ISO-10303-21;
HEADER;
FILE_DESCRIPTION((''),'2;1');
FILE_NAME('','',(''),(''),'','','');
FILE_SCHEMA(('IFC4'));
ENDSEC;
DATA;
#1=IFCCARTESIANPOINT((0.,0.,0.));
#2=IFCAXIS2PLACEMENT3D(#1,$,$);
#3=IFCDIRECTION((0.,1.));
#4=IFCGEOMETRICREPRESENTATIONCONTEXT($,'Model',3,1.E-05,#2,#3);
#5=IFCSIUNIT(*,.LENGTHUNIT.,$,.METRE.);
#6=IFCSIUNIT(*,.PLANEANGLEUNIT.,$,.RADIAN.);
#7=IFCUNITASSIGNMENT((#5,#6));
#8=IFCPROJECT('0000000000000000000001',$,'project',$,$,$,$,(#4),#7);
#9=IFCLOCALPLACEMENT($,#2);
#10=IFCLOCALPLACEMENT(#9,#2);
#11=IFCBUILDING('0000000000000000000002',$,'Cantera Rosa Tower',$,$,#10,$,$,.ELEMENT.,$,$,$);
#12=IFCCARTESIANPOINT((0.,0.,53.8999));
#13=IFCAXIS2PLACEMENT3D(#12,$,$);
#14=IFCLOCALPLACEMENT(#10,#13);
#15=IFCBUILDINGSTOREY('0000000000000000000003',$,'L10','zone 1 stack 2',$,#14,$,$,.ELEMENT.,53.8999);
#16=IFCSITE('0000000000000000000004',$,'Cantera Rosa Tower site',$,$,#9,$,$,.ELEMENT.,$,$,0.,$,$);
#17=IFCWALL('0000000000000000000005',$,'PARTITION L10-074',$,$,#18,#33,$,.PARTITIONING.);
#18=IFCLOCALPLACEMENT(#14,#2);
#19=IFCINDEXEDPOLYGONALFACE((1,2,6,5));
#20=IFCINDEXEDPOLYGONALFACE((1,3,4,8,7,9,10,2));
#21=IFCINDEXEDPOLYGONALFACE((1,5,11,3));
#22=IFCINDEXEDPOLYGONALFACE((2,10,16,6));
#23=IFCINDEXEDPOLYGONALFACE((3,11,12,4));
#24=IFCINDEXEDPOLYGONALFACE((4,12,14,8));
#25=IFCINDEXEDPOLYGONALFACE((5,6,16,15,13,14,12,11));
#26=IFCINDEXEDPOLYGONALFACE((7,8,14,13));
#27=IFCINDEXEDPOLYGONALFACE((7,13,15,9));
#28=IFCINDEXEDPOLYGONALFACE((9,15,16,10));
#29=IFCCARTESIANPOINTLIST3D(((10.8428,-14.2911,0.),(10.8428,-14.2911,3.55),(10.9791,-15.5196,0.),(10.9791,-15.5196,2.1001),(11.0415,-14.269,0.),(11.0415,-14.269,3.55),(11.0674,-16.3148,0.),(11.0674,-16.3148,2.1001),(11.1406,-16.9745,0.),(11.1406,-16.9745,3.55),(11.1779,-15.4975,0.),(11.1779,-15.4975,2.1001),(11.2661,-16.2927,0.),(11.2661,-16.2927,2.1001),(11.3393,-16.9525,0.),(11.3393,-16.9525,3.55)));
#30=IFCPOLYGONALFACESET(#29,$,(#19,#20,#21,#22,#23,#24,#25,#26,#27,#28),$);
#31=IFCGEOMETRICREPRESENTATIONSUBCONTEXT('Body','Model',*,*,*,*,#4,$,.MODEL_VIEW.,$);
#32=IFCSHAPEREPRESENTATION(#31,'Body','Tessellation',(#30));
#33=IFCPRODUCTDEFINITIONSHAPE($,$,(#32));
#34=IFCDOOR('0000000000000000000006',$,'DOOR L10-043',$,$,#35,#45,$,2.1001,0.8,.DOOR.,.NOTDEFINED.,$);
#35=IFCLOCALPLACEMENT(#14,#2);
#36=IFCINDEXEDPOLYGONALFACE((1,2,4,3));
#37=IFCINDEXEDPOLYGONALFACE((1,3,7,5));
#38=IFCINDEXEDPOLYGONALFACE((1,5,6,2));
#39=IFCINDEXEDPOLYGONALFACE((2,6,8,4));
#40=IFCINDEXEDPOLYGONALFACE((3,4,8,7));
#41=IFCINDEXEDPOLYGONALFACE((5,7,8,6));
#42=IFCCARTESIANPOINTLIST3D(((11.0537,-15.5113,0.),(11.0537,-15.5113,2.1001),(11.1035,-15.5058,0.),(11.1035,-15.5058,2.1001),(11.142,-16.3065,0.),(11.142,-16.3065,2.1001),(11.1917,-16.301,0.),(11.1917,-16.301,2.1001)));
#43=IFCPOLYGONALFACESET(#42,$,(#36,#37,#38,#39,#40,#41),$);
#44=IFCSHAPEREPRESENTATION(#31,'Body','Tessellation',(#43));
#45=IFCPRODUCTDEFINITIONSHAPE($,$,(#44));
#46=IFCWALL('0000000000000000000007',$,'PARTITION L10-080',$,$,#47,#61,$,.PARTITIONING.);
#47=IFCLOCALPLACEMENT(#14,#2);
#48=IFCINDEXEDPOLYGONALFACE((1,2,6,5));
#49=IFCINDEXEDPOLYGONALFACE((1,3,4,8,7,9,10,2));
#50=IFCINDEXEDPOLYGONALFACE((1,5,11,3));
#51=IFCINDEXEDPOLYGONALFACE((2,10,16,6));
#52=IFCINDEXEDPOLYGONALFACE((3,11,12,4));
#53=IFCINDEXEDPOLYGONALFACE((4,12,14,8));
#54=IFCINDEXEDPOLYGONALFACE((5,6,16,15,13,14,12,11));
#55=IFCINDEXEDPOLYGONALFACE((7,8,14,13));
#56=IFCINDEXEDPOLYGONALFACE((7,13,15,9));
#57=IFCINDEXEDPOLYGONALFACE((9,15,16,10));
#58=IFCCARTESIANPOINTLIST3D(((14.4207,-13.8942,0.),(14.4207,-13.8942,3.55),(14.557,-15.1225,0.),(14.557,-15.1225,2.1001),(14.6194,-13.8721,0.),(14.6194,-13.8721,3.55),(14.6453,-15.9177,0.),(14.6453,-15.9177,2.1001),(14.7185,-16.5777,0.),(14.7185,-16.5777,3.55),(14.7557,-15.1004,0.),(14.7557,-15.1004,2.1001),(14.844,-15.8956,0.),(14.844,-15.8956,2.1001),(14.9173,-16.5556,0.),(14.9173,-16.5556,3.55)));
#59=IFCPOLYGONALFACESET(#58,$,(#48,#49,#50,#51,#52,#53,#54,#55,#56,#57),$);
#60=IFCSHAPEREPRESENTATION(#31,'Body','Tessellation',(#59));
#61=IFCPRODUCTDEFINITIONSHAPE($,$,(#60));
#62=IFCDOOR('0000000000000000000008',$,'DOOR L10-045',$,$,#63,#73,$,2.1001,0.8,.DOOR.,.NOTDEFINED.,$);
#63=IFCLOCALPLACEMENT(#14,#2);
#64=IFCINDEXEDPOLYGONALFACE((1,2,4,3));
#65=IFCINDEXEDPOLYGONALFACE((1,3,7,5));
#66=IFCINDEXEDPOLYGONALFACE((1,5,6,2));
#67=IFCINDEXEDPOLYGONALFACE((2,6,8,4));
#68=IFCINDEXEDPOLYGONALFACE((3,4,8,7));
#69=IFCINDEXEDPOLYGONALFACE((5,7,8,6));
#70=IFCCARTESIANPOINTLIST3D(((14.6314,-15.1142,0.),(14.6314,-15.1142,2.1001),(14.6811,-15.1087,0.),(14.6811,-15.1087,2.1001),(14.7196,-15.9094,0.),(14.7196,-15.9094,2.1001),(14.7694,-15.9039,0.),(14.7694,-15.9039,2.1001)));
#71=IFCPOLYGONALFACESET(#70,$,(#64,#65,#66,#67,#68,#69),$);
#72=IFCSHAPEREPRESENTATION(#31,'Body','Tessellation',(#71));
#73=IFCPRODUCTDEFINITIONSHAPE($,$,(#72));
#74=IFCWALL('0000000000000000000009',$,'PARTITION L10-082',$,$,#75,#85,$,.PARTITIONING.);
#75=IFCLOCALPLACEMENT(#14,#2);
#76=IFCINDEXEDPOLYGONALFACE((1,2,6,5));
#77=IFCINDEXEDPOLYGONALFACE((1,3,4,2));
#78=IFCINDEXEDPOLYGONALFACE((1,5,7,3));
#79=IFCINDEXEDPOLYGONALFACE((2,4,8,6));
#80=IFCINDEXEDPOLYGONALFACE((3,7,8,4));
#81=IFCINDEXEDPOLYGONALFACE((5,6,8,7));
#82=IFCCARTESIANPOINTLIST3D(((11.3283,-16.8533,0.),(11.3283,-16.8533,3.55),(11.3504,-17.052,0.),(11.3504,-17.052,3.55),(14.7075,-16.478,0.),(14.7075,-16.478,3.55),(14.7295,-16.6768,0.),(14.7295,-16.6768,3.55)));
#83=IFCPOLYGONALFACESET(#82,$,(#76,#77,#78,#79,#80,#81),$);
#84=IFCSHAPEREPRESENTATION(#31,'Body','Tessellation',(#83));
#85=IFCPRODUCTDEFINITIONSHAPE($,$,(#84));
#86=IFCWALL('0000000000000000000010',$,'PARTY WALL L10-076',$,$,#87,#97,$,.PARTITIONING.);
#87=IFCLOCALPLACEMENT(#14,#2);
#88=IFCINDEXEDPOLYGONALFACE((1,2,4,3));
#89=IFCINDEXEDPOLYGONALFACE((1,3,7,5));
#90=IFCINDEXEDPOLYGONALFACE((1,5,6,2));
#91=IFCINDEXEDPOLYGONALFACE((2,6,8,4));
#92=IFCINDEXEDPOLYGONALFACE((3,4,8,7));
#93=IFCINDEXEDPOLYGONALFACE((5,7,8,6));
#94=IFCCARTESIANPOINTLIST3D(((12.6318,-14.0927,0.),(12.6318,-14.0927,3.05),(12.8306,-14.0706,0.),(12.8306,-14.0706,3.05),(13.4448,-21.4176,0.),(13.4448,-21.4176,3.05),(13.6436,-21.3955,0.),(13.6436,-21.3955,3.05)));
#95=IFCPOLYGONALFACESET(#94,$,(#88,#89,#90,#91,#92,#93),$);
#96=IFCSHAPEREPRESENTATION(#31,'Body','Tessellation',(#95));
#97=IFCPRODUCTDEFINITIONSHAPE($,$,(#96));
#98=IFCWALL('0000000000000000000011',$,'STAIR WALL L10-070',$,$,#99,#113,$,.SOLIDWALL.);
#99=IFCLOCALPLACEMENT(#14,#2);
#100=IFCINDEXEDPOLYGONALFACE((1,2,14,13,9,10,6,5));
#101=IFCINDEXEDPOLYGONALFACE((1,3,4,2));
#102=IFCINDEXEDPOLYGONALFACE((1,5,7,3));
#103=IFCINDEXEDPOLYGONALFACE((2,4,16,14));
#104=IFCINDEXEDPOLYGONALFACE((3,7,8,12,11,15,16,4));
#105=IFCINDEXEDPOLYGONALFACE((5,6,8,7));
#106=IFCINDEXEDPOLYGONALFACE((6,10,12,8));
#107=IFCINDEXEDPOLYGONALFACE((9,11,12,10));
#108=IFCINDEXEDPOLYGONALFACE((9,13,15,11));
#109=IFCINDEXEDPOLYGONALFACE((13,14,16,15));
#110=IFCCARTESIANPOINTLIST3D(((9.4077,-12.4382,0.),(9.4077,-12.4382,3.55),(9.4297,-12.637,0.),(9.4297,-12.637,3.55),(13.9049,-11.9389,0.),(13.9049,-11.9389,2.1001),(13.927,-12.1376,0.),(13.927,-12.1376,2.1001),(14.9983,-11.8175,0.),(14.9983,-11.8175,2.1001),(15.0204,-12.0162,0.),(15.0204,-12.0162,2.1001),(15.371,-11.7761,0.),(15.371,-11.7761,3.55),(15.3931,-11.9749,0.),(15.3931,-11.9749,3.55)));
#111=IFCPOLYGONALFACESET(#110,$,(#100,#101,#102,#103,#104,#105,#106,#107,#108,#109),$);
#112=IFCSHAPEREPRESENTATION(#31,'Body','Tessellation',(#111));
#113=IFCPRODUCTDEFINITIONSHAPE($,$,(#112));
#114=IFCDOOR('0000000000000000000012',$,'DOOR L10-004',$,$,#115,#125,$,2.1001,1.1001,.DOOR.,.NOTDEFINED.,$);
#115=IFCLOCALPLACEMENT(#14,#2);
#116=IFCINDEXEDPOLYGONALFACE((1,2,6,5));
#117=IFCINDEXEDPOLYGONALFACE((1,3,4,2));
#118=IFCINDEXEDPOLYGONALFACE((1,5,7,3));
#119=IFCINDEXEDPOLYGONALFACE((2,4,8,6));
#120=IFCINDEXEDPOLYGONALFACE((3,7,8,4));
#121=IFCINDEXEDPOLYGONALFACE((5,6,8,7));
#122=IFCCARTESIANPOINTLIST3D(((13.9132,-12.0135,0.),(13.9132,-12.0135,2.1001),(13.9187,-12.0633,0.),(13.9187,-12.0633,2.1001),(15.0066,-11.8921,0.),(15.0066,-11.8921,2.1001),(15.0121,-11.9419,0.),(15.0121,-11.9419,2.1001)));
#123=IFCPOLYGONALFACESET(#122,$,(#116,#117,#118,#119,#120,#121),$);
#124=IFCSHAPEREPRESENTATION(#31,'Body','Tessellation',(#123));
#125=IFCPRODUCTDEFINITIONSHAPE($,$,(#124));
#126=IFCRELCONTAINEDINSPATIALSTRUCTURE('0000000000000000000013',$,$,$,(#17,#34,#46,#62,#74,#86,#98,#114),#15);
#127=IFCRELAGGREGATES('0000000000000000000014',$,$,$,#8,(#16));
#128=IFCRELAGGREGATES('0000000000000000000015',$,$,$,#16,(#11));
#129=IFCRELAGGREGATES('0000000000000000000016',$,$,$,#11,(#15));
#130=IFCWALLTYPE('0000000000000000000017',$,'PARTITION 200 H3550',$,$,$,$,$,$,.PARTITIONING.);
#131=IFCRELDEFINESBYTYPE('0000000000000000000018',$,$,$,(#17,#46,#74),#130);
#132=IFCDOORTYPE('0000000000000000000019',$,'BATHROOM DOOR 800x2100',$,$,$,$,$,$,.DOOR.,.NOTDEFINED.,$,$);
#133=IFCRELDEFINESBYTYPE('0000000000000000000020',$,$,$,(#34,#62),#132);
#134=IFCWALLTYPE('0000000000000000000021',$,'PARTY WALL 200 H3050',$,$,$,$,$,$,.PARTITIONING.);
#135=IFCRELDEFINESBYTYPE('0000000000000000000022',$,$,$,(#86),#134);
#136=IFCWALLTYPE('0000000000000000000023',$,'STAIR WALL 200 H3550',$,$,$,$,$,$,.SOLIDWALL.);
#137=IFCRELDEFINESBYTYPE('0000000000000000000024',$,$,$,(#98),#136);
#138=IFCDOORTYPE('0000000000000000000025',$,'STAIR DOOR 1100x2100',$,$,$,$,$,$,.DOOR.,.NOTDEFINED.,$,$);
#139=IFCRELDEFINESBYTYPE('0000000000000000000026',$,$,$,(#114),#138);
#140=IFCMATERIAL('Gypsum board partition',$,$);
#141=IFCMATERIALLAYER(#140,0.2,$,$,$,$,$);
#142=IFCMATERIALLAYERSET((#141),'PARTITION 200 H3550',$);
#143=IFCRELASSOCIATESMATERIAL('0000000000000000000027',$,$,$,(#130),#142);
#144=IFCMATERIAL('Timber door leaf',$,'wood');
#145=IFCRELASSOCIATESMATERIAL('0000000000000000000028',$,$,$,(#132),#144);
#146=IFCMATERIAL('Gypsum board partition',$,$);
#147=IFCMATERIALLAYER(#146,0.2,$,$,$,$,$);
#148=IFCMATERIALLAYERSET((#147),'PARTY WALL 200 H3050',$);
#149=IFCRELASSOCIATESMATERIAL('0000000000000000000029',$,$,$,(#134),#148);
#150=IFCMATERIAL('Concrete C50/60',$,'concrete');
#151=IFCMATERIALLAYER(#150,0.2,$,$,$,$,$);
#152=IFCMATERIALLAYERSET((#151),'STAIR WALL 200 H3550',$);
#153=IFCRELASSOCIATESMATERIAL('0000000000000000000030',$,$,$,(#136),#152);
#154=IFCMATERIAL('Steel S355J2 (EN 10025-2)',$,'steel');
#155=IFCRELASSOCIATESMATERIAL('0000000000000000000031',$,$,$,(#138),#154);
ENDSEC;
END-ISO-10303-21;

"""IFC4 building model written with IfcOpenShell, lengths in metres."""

from ifc_helpers import new_model, si_unit, direction, frame, frame_2d, origin, place, context, subcontext, project, spatial, rectangle, extrude, material, layer, layer_set, type_object, element, fill, save


model = new_model("IFC4")

# Units and contexts
model_context = context("Model", 3, precision=1e-05, world=origin(), true_north=direction((0.0, 1.0)))
body_context = subcontext(model_context, "Body", "Model", "MODEL_VIEW")
ifc_project = project(units=[si_unit("LENGTHUNIT", "METRE"), si_unit("PLANEANGLEUNIT", "RADIAN")], contexts=[model_context])

# Site, building, storey
site_placement = place(None, origin())
site = spatial("IfcSite", under=ifc_project, at=site_placement, Name="Cantera Rosa Tower site", CompositionType="ELEMENT", RefElevation=0.0)
building_placement = place(site_placement, origin())
building = spatial("IfcBuilding", under=site, at=building_placement, Name="Cantera Rosa Tower", CompositionType="ELEMENT")
storey_placement = place(building_placement, frame((0.0, 0.0, 53.8999)))
storey = spatial("IfcBuildingStorey", under=building, at=storey_placement, Name="L10", Description="zone 1 stack 2", CompositionType="ELEMENT", Elevation=53.8999)

# Walls, openings, doors
ifc_material_1 = material(Name="Gypsum board partition")
ifc_layer_1 = layer(ifc_material_1, 0.2)
ifc_layer_set_1 = layer_set([ifc_layer_1], Name="PARTITION 200 H3550")
wall_type_1 = type_object("IfcWallType", Name="PARTITION 200 H3550", PredefinedType="PARTITIONING", material=ifc_layer_set_1)
wall_1_placement = place(storey_placement, frame((11.24, -16.9636, 0.0), z_axis=(0.0, 0.0, 1.0), x_axis=(-0.110312, 0.993897, 0.0)))
wall_1 = element("IfcWall", 1, at=wall_1_placement, inside=storey, type_object=wall_type_1, Name="PARTITION L10-074", PredefinedType="PARTITIONING", context=body_context, shape_type="SweptSolid", body=[
    extrude(rectangle(XDim=2.7, YDim=0.2, at=frame_2d((1.3501, 0.0))), origin(), (0.0, 0.0, 1.0), 3.55),
])
opening_1_placement = place(wall_1_placement, frame((0.6641, 0.0, 0.0)))
opening_1 = element("IfcOpeningElement", 2, at=opening_1_placement, cuts=wall_1, PredefinedType="OPENING", context=body_context, shape_type="SweptSolid", body=[
    extrude(rectangle(XDim=0.8, YDim=2.1001, at=frame_2d((0.3999, 1.05))), frame((0.0, 0.1099, 0.0), z_axis=(0.0, -1.0, 0.0), x_axis=(1.0, 0.0, 0.0)), (0.0, 0.0, 1.0), 0.22),
])
ifc_material_2 = material(Name="Timber door leaf", Category="wood")
door_type_1 = type_object("IfcDoorType", Name="BATHROOM DOOR 800x2100", OperationType="NOTDEFINED", PredefinedType="DOOR", material=ifc_material_2)
door_1_placement = place(opening_1_placement, origin())
door_1 = element("IfcDoor", 3, at=door_1_placement, inside=storey, type_object=door_type_1, Name="DOOR L10-043", OperationType="NOTDEFINED", OverallHeight=2.1001, OverallWidth=0.8, PredefinedType="DOOR", context=body_context, shape_type="SweptSolid", body=[
    extrude(rectangle(XDim=0.8, YDim=2.1001, at=frame_2d((0.3999, 1.05))), frame((0.0, 0.0249, 0.0), z_axis=(0.0, -1.0, 0.0), x_axis=(1.0, 0.0, 0.0)), (0.0, 0.0, 1.0), 0.05),
])
fill(opening_1, door_1)
wall_2_placement = place(storey_placement, frame((14.52, -13.8831, 0.0), z_axis=(0.0, 0.0, 1.0), x_axis=(0.110322, -0.993896, 0.0)))
wall_2 = element("IfcWall", 4, at=wall_2_placement, inside=storey, type_object=wall_type_1, Name="PARTITION L10-080", PredefinedType="PARTITIONING", context=body_context, shape_type="SweptSolid", body=[
    extrude(rectangle(XDim=2.7, YDim=0.2, at=frame_2d((1.3501, 0.0))), origin(), (0.0, 0.0, 1.0), 3.55),
])
opening_2_placement = place(wall_2_placement, frame((1.2361, 0.0, 0.0)))
opening_2 = element("IfcOpeningElement", 5, at=opening_2_placement, cuts=wall_2, PredefinedType="OPENING", context=body_context, shape_type="SweptSolid", body=[
    extrude(rectangle(XDim=0.8, YDim=2.1001, at=frame_2d((0.3999, 1.05))), frame((0.0, 0.1099, 0.0), z_axis=(0.0, -1.0, 0.0), x_axis=(1.0, 0.0, 0.0)), (0.0, 0.0, 1.0), 0.22),
])
door_2_placement = place(opening_2_placement, origin())
door_2 = element("IfcDoor", 6, at=door_2_placement, inside=storey, type_object=door_type_1, Name="DOOR L10-045", OperationType="NOTDEFINED", OverallHeight=2.1001, OverallWidth=0.8, PredefinedType="DOOR", context=body_context, shape_type="SweptSolid", body=[
    extrude(rectangle(XDim=0.8, YDim=2.1001, at=frame_2d((0.3999, 1.05))), frame((0.0, 0.0249, 0.0), z_axis=(0.0, -1.0, 0.0), x_axis=(1.0, 0.0, 0.0)), (0.0, 0.0, 1.0), 0.05),
])
fill(opening_2, door_2)

# Walls
wall_3_placement = place(storey_placement, frame((14.7185, -16.5774, 0.0), z_axis=(0.0, 0.0, 1.0), x_axis=(-0.993891, -0.110368, 0.0)))
element("IfcWall", 7, at=wall_3_placement, inside=storey, type_object=wall_type_1, Name="PARTITION L10-082", PredefinedType="PARTITIONING", context=body_context, shape_type="SweptSolid", body=[
    extrude(rectangle(XDim=3.3999, YDim=0.2, at=frame_2d((1.7, 0.0))), origin(), (0.0, 0.0, 1.0), 3.55),
])
ifc_material_3 = material(Name="Gypsum board partition")
ifc_layer_2 = layer(ifc_material_3, 0.2)
ifc_layer_set_2 = layer_set([ifc_layer_2], Name="PARTY WALL 200 H3050")
wall_type_2 = type_object("IfcWallType", Name="PARTY WALL 200 H3050", PredefinedType="PARTITIONING", material=ifc_layer_set_2)
wall_4_placement = place(storey_placement, frame((12.7312, -14.0815, 0.0), z_axis=(0.0, 0.0, 1.0), x_axis=(0.110312, -0.993897, 0.0)))
element("IfcWall", 8, at=wall_4_placement, inside=storey, type_object=wall_type_2, Name="PARTY WALL L10-076", PredefinedType="PARTITIONING", context=body_context, shape_type="SweptSolid", body=[
    extrude(rectangle(XDim=7.3699, YDim=0.2, at=frame_2d((3.6851, 0.0))), origin(), (0.0, 0.0, 1.0), 3.05),
])

# Wall, opening, door
ifc_material_4 = material(Name="Concrete C50/60", Category="concrete")
ifc_layer_3 = layer(ifc_material_4, 0.2)
ifc_layer_set_3 = layer_set([ifc_layer_3], Name="STAIR WALL 200 H3550")
wall_type_3 = type_object("IfcWallType", Name="STAIR WALL 200 H3550", PredefinedType="SOLIDWALL", material=ifc_layer_set_3)
wall_5_placement = place(storey_placement, frame((9.4187, -12.5376, 0.0), z_axis=(0.0, 0.0, 1.0), x_axis=(0.993893, 0.110351, 0.0)))
wall_5 = element("IfcWall", 9, at=wall_5_placement, inside=storey, type_object=wall_type_3, Name="STAIR WALL L10-070", PredefinedType="SOLIDWALL", context=body_context, shape_type="SweptSolid", body=[
    extrude(rectangle(XDim=6.0, YDim=0.2, at=frame_2d((3.0, 0.0))), origin(), (0.0, 0.0, 1.0), 3.55),
])
opening_3_placement = place(wall_5_placement, frame((4.5249, 0.0, 0.0)))
opening_3 = element("IfcOpeningElement", 10, at=opening_3_placement, cuts=wall_5, PredefinedType="OPENING", context=body_context, shape_type="SweptSolid", body=[
    extrude(rectangle(XDim=1.1001, YDim=2.1001, at=frame_2d((0.55, 1.05))), frame((0.0, 0.1099, 0.0), z_axis=(0.0, -1.0, 0.0), x_axis=(1.0, 0.0, 0.0)), (0.0, 0.0, 1.0), 0.22),
])
ifc_material_5 = material(Name="Steel S355J2 (EN 10025-2)", Category="steel")
door_type_2 = type_object("IfcDoorType", Name="STAIR DOOR 1100x2100", OperationType="NOTDEFINED", PredefinedType="DOOR", material=ifc_material_5)
door_3_placement = place(opening_3_placement, origin())
door_3 = element("IfcDoor", 11, at=door_3_placement, inside=storey, type_object=door_type_2, Name="DOOR L10-004", OperationType="NOTDEFINED", OverallHeight=2.1001, OverallWidth=1.1001, PredefinedType="DOOR", context=body_context, shape_type="SweptSolid", body=[
    extrude(rectangle(XDim=1.1001, YDim=2.1001, at=frame_2d((0.55, 1.05))), frame((0.0, 0.0249, 0.0), z_axis=(0.0, -1.0, 0.0), x_axis=(1.0, 0.0, 0.0)), (0.0, 0.0, 1.0), 0.05),
])
fill(opening_3, door_3)

save(model, "model.ifc")
